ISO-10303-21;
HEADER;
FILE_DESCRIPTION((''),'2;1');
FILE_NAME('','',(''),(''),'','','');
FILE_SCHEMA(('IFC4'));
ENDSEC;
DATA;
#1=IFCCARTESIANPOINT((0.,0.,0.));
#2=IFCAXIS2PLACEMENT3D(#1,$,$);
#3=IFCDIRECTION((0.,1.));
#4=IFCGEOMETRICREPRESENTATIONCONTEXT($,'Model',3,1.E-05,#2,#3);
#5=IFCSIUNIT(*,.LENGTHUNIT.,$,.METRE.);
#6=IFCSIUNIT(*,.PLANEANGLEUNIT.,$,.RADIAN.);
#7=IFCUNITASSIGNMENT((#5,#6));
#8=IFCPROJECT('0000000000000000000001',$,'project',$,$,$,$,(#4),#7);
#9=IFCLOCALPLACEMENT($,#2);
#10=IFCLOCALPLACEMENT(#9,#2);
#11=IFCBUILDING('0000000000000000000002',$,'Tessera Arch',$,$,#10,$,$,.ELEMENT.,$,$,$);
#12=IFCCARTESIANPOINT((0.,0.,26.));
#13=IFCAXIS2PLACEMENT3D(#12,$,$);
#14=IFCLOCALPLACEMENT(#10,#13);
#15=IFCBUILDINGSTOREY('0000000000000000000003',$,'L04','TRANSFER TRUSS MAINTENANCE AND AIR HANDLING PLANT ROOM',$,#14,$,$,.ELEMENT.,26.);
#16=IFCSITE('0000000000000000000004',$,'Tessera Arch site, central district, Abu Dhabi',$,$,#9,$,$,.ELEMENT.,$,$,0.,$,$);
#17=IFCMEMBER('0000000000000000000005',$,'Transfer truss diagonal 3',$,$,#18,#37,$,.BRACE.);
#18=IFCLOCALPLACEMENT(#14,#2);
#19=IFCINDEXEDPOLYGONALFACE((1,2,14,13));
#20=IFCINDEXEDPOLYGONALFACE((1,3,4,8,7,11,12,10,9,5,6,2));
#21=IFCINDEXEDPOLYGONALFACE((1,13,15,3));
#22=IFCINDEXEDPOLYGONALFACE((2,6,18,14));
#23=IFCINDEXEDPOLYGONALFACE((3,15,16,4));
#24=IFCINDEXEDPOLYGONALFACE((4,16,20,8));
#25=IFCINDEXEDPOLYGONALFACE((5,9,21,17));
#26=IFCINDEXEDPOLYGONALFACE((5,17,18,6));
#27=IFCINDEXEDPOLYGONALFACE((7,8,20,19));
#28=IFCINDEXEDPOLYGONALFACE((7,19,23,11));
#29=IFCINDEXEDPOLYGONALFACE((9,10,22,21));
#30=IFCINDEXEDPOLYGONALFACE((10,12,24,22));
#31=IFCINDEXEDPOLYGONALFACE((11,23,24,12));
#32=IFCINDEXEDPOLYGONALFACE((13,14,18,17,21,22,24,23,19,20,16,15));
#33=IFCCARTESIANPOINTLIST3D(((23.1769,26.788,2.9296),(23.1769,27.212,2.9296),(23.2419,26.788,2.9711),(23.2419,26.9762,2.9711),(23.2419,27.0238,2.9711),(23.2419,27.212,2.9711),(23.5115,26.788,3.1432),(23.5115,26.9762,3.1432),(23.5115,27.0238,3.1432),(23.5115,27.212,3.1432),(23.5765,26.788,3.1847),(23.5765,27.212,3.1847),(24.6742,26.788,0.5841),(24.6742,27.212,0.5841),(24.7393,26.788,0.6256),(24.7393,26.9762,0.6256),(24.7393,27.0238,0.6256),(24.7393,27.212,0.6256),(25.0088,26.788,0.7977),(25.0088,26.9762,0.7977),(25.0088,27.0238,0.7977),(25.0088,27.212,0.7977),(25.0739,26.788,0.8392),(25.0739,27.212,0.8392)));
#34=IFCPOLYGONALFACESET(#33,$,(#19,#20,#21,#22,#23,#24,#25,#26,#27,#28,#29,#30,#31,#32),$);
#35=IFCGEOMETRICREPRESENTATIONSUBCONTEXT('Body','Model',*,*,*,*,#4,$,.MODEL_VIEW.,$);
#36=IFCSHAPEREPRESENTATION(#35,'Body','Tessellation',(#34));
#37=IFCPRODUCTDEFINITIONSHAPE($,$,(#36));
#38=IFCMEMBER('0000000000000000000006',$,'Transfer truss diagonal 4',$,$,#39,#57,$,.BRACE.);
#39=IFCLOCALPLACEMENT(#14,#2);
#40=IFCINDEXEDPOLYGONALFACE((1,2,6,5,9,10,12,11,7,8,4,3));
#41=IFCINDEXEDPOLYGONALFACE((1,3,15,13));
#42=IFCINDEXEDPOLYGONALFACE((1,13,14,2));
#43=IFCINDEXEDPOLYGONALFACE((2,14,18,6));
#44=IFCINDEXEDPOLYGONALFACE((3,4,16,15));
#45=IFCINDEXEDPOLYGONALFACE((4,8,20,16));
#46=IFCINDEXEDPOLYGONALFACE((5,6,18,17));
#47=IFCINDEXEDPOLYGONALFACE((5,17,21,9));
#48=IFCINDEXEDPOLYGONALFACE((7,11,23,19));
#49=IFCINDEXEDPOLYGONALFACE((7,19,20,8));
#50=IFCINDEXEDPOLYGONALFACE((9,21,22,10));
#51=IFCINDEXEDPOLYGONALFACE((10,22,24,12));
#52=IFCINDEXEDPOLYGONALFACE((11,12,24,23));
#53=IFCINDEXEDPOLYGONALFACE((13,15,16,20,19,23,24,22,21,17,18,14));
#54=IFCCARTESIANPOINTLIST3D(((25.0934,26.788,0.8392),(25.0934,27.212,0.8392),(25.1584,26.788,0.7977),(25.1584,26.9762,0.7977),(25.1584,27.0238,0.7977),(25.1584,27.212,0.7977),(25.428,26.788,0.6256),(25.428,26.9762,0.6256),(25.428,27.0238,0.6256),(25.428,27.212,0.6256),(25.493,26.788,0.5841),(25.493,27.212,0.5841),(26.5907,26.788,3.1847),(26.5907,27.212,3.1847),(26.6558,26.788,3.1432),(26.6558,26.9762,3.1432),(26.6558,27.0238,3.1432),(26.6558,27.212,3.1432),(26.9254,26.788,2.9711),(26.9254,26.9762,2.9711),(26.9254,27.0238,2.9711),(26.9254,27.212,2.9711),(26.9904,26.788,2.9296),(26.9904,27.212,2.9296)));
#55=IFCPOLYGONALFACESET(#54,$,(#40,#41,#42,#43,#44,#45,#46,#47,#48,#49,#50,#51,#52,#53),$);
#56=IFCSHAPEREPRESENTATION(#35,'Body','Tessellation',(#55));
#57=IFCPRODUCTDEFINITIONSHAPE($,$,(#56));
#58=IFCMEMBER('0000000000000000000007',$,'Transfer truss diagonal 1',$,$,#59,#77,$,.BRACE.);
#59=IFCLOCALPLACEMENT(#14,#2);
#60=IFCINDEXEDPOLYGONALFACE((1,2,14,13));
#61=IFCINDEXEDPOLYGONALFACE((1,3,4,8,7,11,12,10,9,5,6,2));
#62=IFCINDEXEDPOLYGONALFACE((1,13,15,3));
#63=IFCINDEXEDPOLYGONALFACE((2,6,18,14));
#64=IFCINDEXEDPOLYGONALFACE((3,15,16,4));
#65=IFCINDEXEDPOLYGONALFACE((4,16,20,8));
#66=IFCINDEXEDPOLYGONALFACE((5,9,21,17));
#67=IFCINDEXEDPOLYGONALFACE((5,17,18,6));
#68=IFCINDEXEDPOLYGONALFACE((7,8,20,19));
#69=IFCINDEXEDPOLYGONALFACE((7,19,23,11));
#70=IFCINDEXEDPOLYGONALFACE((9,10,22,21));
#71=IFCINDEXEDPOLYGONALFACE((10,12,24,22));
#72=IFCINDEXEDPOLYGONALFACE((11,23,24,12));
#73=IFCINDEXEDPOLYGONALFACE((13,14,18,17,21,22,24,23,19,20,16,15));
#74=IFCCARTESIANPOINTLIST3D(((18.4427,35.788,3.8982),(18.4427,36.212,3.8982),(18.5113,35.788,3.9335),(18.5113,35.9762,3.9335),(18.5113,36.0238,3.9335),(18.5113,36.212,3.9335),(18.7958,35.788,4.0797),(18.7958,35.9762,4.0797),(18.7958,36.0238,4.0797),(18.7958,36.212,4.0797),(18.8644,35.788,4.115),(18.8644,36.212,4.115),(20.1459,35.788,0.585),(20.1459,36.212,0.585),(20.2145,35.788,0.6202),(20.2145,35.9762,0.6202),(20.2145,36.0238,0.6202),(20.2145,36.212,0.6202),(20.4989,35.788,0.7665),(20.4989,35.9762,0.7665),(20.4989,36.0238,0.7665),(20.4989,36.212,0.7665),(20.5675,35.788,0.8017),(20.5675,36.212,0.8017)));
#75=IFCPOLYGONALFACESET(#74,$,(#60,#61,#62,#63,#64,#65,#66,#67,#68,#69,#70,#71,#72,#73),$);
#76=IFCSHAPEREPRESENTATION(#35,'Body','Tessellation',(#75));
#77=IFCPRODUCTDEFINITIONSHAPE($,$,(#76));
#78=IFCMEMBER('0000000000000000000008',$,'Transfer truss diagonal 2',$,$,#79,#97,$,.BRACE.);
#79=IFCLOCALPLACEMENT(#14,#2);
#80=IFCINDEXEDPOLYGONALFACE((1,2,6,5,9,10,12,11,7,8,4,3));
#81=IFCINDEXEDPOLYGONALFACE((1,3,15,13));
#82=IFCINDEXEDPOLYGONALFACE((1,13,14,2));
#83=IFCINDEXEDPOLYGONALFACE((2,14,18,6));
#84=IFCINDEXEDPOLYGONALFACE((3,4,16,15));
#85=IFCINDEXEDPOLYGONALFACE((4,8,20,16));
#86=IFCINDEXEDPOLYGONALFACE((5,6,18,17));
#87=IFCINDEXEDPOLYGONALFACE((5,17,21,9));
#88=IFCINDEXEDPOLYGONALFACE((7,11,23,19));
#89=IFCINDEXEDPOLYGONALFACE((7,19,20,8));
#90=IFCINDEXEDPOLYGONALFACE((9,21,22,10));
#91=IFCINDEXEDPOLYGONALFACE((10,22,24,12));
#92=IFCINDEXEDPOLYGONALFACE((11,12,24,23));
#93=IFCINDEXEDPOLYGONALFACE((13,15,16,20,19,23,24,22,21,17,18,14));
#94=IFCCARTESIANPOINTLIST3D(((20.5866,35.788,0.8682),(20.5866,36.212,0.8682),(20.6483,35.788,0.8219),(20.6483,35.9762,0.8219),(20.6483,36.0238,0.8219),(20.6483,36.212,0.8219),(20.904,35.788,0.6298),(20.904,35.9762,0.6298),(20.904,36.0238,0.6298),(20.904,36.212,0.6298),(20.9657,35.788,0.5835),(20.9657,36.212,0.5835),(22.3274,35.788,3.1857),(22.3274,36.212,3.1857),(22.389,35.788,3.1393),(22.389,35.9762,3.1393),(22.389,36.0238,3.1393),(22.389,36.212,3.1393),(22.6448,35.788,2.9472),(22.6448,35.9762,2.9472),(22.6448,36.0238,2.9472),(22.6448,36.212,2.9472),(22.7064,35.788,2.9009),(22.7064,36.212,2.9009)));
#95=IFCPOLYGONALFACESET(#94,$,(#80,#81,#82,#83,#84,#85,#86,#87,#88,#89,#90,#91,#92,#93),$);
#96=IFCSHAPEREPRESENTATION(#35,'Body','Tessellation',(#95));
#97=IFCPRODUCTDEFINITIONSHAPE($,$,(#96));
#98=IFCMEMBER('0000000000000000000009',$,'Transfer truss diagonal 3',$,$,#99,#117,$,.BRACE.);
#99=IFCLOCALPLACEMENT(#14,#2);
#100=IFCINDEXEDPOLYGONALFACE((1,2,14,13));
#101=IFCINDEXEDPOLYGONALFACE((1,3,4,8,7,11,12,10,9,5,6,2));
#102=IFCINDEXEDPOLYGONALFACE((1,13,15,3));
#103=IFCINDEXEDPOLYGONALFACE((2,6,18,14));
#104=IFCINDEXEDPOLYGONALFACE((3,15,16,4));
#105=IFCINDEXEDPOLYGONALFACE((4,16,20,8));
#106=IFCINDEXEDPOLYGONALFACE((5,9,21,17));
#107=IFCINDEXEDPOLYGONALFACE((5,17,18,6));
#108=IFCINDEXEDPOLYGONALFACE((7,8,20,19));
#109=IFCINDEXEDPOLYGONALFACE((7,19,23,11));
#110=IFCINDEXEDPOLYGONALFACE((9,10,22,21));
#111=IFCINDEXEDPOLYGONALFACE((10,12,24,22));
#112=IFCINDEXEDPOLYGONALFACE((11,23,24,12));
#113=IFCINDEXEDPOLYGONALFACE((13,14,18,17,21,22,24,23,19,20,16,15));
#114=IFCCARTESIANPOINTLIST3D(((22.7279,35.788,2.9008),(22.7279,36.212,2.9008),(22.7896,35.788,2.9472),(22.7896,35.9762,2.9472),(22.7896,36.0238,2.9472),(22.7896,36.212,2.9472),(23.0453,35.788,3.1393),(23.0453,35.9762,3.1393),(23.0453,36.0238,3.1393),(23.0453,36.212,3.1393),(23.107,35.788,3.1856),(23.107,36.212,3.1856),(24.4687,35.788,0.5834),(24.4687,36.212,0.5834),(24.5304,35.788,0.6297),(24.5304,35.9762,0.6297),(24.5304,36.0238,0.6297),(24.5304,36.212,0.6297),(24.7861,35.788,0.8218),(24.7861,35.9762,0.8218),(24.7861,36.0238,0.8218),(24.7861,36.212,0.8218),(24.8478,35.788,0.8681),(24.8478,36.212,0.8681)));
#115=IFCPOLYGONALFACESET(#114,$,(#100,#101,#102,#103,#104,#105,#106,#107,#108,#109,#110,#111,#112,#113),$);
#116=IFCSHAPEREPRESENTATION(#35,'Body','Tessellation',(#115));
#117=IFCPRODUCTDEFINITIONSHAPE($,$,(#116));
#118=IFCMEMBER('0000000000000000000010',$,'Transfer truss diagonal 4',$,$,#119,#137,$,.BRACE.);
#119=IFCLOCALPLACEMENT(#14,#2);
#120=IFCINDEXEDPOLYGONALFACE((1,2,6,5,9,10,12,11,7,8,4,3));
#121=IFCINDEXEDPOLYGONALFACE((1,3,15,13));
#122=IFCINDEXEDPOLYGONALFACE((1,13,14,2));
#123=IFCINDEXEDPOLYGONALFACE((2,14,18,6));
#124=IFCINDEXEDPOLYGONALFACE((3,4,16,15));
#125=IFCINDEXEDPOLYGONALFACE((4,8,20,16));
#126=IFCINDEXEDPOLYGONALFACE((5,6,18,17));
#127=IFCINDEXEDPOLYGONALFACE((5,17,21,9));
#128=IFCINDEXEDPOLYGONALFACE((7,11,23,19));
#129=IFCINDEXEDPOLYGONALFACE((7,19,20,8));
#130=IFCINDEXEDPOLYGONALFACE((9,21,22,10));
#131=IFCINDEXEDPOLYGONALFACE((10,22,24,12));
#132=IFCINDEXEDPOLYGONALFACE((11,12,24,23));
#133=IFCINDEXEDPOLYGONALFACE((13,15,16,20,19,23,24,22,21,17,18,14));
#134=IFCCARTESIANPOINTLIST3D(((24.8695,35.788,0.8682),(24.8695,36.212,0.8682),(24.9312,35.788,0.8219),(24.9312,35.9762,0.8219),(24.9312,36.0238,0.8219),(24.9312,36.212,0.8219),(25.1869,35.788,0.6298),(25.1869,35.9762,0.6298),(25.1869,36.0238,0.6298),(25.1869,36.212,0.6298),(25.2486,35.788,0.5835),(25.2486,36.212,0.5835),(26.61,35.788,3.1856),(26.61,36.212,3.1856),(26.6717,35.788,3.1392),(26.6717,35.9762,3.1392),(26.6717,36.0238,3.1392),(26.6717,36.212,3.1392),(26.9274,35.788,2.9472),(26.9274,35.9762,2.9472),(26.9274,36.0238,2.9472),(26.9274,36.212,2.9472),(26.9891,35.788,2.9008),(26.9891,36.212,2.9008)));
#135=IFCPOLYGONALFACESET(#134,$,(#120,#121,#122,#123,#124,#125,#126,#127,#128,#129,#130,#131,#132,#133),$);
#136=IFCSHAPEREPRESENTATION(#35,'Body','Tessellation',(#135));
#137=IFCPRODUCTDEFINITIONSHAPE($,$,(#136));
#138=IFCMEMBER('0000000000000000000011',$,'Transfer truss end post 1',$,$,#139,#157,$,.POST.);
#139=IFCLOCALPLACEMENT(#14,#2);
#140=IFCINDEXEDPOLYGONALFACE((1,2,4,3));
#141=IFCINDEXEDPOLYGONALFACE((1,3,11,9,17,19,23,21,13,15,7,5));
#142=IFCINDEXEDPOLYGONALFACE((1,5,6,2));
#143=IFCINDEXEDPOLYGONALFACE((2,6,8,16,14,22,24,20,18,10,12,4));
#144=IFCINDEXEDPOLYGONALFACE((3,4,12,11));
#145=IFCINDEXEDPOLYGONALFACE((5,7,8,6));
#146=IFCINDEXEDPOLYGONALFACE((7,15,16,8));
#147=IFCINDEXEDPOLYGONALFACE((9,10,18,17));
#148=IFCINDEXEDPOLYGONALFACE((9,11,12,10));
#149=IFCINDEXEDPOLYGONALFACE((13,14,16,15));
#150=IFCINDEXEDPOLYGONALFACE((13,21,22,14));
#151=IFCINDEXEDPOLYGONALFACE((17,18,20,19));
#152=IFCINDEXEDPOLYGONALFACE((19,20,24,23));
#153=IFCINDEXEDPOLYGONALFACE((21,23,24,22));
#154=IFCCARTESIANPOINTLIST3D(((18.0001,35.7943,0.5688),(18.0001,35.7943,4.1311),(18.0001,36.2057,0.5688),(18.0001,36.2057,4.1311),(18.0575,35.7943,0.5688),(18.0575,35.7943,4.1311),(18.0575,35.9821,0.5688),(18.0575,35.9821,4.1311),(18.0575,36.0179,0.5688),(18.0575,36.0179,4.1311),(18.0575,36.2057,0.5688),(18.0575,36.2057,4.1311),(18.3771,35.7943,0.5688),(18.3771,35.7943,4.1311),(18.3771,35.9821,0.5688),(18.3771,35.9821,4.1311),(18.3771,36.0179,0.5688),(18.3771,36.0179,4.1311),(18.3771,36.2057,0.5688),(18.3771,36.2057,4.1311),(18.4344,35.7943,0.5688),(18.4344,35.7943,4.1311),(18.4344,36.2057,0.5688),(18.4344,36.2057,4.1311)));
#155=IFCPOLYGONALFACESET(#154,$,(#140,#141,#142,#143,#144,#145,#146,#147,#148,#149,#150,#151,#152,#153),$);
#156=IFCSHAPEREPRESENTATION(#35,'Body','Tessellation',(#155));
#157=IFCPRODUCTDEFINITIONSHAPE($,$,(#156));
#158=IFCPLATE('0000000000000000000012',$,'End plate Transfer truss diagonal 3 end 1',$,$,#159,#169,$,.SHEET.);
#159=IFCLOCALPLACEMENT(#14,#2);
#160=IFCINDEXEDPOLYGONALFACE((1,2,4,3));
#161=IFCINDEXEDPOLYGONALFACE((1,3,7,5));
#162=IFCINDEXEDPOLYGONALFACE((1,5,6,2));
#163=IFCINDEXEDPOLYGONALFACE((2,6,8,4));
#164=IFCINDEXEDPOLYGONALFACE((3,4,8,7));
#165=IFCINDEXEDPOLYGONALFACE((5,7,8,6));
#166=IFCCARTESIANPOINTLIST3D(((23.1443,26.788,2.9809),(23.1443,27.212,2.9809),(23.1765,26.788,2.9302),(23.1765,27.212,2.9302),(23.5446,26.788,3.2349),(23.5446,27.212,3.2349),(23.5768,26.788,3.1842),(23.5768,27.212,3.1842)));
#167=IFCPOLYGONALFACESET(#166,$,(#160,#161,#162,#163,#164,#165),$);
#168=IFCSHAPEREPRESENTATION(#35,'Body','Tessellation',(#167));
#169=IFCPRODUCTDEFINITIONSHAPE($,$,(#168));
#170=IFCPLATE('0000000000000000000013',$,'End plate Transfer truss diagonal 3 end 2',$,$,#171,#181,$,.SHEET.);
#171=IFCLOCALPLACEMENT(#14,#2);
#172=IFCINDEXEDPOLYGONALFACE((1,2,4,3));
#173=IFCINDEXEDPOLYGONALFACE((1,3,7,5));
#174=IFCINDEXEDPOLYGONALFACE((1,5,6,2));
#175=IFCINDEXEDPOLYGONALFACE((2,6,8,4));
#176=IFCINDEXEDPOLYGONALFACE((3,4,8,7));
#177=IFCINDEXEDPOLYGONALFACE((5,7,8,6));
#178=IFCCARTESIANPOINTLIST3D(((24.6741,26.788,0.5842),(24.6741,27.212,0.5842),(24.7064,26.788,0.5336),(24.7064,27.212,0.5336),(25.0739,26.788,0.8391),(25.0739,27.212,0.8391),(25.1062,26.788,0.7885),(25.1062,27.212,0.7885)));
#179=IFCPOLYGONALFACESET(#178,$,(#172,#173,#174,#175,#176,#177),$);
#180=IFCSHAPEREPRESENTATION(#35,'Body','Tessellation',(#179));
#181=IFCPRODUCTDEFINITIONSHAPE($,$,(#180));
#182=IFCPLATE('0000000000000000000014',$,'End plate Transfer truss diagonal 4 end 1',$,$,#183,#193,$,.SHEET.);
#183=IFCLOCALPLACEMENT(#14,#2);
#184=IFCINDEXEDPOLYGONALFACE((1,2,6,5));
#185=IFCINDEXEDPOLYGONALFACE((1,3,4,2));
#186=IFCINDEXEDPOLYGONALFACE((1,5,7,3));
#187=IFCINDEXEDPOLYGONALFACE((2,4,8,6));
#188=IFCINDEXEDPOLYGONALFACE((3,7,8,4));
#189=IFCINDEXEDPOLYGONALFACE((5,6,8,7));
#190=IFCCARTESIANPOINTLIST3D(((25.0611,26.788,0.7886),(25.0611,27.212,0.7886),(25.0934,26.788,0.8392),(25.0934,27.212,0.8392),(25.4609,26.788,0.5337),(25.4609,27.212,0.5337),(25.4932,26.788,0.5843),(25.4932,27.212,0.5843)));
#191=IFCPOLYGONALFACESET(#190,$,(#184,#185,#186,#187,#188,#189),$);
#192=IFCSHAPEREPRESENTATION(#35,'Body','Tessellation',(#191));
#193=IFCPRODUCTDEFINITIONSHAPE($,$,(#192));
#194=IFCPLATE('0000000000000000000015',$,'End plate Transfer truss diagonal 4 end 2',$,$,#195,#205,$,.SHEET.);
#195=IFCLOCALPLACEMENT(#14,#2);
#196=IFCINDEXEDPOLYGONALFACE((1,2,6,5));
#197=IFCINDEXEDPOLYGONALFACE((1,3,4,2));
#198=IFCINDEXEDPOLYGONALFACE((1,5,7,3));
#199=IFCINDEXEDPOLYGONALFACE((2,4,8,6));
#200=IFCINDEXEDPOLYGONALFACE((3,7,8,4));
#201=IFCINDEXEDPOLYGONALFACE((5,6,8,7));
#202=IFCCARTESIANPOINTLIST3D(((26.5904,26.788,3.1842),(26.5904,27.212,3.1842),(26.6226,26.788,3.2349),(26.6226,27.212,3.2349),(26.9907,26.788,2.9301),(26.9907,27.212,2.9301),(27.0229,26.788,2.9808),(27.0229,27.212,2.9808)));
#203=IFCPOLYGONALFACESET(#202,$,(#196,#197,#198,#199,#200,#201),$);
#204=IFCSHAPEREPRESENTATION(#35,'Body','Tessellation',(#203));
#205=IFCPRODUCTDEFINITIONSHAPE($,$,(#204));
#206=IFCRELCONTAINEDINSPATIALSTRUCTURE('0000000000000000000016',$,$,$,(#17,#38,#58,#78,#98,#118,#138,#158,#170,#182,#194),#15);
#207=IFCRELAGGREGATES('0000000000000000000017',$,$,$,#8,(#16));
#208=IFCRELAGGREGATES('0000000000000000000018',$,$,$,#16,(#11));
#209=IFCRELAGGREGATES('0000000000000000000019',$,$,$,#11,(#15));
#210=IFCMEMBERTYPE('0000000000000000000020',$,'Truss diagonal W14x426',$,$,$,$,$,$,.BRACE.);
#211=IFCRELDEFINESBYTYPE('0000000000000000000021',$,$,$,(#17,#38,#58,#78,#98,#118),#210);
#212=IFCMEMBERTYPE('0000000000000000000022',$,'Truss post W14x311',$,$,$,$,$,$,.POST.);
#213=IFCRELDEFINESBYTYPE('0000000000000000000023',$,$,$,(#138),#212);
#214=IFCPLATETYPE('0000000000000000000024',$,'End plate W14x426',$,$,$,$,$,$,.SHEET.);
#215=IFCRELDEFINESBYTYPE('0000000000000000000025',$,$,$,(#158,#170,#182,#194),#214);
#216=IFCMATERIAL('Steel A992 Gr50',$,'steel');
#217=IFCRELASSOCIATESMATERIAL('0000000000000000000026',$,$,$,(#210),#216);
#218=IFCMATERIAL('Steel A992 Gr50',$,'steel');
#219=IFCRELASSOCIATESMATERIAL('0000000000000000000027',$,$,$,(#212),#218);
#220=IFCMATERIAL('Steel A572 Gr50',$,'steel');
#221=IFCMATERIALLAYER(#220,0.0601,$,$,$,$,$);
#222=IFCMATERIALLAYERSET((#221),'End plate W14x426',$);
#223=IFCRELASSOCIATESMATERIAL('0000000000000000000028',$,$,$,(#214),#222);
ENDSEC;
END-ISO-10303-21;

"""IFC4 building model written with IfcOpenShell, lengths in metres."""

from ifc_helpers import new_model, si_unit, direction, frame, origin, origin_2d, place, context, subcontext, project, spatial, rectangle, i_section, extrude, material, layer, layer_set, material_profile, profile_set, type_object, element, save


model = new_model("IFC4")

# Units and contexts
model_context = context("Model", 3, precision=1e-05, world=origin(), true_north=direction((0.0, 1.0)))
body_context = subcontext(model_context, "Body", "Model", "MODEL_VIEW")
ifc_project = project(units=[si_unit("LENGTHUNIT", "METRE"), si_unit("PLANEANGLEUNIT", "RADIAN")], contexts=[model_context])

# Site, building, storey
site_placement = place(None, origin())
site = spatial("IfcSite", under=ifc_project, at=site_placement, Name="Tessera Arch site, central district, Abu Dhabi", CompositionType="ELEMENT", RefElevation=0.0)
building_placement = place(site_placement, origin())
building = spatial("IfcBuilding", under=site, at=building_placement, Name="Tessera Arch", CompositionType="ELEMENT")
storey_placement = place(building_placement, frame((0.0, 0.0, 26.0)))
storey = spatial("IfcBuildingStorey", under=building, at=storey_placement, Name="L04", Description="TRANSFER TRUSS MAINTENANCE AND AIR HANDLING PLANT ROOM", CompositionType="ELEMENT", Elevation=26.0)

# Members
ifc_material_1 = material(Name="Steel A992 Gr50", Category="steel")
ifc_material_profile_1 = material_profile(ifc_material_1, i_section(OverallWidth=0.4241, OverallDepth=0.4741, WebThickness=0.0476, FlangeThickness=0.0771, at=origin_2d()), Name="W14x426")
ifc_profile_set_1 = profile_set([ifc_material_profile_1], Name="Steel A992 Gr50")
member_type_1 = type_object("IfcMemberType", Name="Truss diagonal W14x426", PredefinedType="BRACE", material=ifc_profile_set_1)
for number, where, z_axis, x_axis, name in (
    (1, (23.3767, 27.0, 3.0571), (0.53809, 0.0, -0.842887), (0.0, 1.0, 0.0), "Transfer truss diagonal 3"),
    (2, (25.2932, 27.0, 0.7117), (0.53809, 0.0, 0.842887), (0.0, 1.0, 0.0), "Transfer truss diagonal 4"),
):
    element("IfcMember", number, at=place(storey_placement, frame(where, z_axis=z_axis, x_axis=x_axis)), inside=storey, type_object=member_type_1, Name=name, PredefinedType="BRACE", context=body_context, shape_type="SweptSolid", body=[
        extrude(i_section(OverallWidth=0.4241, OverallDepth=0.4741, WebThickness=0.0476, FlangeThickness=0.0771, at=origin_2d()), origin(), (0.0, 0.0, 1.0), 2.7827),
    ])
member_1_placement = place(storey_placement, frame((18.6536, 36.0, 4.0066), z_axis=(0.457173, 0.0, -0.889378), x_axis=(0.0, 1.0, 0.0)))
element("IfcMember", 3, at=member_1_placement, inside=storey, type_object=member_type_1, Name="Transfer truss diagonal 1", PredefinedType="BRACE", context=body_context, shape_type="SweptSolid", body=[
    extrude(i_section(OverallWidth=0.4241, OverallDepth=0.4741, WebThickness=0.0476, FlangeThickness=0.0771, at=origin_2d()), origin(), (0.0, 0.0, 1.0), 3.7253),
])
for number, where, z_axis, x_axis, name in (
    (4, (20.7761, 36.0, 0.7258), (0.600593, 0.0, 0.799555), (0.0, 1.0, 0.0), "Transfer truss diagonal 2"),
    (5, (22.9175, 36.0, 3.0432), (0.600593, 0.0, -0.799555), (0.0, 1.0, 0.0), "Transfer truss diagonal 3"),
):
    element("IfcMember", number, at=place(storey_placement, frame(where, z_axis=z_axis, x_axis=x_axis)), inside=storey, type_object=member_type_1, Name=name, PredefinedType="BRACE", context=body_context, shape_type="SweptSolid", body=[
        extrude(i_section(OverallWidth=0.4241, OverallDepth=0.4741, WebThickness=0.0476, FlangeThickness=0.0771, at=origin_2d()), origin(), (0.0, 0.0, 1.0), 2.8984),
    ])
member_2_placement = place(storey_placement, frame((25.0591, 36.0, 0.7258), z_axis=(0.600539, 0.0, 0.799595), x_axis=(0.0, 1.0, 0.0)))
element("IfcMember", 6, at=member_2_placement, inside=storey, type_object=member_type_1, Name="Transfer truss diagonal 4", PredefinedType="BRACE", context=body_context, shape_type="SweptSolid", body=[
    extrude(i_section(OverallWidth=0.4241, OverallDepth=0.4741, WebThickness=0.0476, FlangeThickness=0.0771, at=origin_2d()), origin(), (0.0, 0.0, 1.0), 2.8982),
])
ifc_material_2 = material(Name="Steel A992 Gr50", Category="steel")
ifc_material_profile_2 = material_profile(ifc_material_2, i_section(OverallWidth=0.4114, OverallDepth=0.4343, WebThickness=0.0359, FlangeThickness=0.0574, at=origin_2d()), Name="W14x311")
ifc_profile_set_2 = profile_set([ifc_material_profile_2], Name="Steel A992 Gr50")
member_type_2 = type_object("IfcMemberType", Name="Truss post W14x311", PredefinedType="POST", material=ifc_profile_set_2)
member_3_placement = place(storey_placement, frame((18.2173, 36.0, 0.5688), z_axis=(0.0, 0.0, 1.0), x_axis=(0.0, 1.0, 0.0)))
element("IfcMember", 7, at=member_3_placement, inside=storey, type_object=member_type_2, Name="Transfer truss end post 1", PredefinedType="POST", context=body_context, shape_type="SweptSolid", body=[
    extrude(i_section(OverallWidth=0.4114, OverallDepth=0.4343, WebThickness=0.0359, FlangeThickness=0.0574, at=origin_2d()), origin(), (0.0, 0.0, 1.0), 3.5623),
])

# Plates
ifc_material_3 = material(Name="Steel A572 Gr50", Category="steel")
ifc_layer_1 = layer(ifc_material_3, 0.0601)
ifc_layer_set_1 = layer_set([ifc_layer_1], Name="End plate W14x426")
plate_type = type_object("IfcPlateType", Name="End plate W14x426", PredefinedType="SHEET", material=ifc_layer_set_1)
for number, where, z_axis, x_axis, name in (
    (8, (23.3445, 27.0, 3.1079), (0.535824, 0.0, -0.844329), (0.0, 1.0, 0.0), "End plate Transfer truss diagonal 3 end 1"),
    (9, (24.874, 27.0, 0.7117), (0.537666, 0.0, -0.843158), (0.0, 1.0, 0.0), "End plate Transfer truss diagonal 3 end 2"),
    (10, (25.261, 27.0, 0.6611), (0.537666, 0.0, 0.843158), (0.0, 1.0, 0.0), "End plate Transfer truss diagonal 4 end 1"),
    (11, (26.7905, 27.0, 3.0571), (0.535824, 0.0, 0.844329), (0.0, 1.0, 0.0), "End plate Transfer truss diagonal 4 end 2"),
):
    element("IfcPlate", number, at=place(storey_placement, frame(where, z_axis=z_axis, x_axis=x_axis)), inside=storey, type_object=plate_type, Name=name, PredefinedType="SHEET", context=body_context, shape_type="SweptSolid", body=[
        extrude(rectangle(XDim=0.4241, YDim=0.4741, at=origin_2d()), origin(), (0.0, 0.0, 1.0), 0.0601),
    ])

save(model, "model.ifc")
